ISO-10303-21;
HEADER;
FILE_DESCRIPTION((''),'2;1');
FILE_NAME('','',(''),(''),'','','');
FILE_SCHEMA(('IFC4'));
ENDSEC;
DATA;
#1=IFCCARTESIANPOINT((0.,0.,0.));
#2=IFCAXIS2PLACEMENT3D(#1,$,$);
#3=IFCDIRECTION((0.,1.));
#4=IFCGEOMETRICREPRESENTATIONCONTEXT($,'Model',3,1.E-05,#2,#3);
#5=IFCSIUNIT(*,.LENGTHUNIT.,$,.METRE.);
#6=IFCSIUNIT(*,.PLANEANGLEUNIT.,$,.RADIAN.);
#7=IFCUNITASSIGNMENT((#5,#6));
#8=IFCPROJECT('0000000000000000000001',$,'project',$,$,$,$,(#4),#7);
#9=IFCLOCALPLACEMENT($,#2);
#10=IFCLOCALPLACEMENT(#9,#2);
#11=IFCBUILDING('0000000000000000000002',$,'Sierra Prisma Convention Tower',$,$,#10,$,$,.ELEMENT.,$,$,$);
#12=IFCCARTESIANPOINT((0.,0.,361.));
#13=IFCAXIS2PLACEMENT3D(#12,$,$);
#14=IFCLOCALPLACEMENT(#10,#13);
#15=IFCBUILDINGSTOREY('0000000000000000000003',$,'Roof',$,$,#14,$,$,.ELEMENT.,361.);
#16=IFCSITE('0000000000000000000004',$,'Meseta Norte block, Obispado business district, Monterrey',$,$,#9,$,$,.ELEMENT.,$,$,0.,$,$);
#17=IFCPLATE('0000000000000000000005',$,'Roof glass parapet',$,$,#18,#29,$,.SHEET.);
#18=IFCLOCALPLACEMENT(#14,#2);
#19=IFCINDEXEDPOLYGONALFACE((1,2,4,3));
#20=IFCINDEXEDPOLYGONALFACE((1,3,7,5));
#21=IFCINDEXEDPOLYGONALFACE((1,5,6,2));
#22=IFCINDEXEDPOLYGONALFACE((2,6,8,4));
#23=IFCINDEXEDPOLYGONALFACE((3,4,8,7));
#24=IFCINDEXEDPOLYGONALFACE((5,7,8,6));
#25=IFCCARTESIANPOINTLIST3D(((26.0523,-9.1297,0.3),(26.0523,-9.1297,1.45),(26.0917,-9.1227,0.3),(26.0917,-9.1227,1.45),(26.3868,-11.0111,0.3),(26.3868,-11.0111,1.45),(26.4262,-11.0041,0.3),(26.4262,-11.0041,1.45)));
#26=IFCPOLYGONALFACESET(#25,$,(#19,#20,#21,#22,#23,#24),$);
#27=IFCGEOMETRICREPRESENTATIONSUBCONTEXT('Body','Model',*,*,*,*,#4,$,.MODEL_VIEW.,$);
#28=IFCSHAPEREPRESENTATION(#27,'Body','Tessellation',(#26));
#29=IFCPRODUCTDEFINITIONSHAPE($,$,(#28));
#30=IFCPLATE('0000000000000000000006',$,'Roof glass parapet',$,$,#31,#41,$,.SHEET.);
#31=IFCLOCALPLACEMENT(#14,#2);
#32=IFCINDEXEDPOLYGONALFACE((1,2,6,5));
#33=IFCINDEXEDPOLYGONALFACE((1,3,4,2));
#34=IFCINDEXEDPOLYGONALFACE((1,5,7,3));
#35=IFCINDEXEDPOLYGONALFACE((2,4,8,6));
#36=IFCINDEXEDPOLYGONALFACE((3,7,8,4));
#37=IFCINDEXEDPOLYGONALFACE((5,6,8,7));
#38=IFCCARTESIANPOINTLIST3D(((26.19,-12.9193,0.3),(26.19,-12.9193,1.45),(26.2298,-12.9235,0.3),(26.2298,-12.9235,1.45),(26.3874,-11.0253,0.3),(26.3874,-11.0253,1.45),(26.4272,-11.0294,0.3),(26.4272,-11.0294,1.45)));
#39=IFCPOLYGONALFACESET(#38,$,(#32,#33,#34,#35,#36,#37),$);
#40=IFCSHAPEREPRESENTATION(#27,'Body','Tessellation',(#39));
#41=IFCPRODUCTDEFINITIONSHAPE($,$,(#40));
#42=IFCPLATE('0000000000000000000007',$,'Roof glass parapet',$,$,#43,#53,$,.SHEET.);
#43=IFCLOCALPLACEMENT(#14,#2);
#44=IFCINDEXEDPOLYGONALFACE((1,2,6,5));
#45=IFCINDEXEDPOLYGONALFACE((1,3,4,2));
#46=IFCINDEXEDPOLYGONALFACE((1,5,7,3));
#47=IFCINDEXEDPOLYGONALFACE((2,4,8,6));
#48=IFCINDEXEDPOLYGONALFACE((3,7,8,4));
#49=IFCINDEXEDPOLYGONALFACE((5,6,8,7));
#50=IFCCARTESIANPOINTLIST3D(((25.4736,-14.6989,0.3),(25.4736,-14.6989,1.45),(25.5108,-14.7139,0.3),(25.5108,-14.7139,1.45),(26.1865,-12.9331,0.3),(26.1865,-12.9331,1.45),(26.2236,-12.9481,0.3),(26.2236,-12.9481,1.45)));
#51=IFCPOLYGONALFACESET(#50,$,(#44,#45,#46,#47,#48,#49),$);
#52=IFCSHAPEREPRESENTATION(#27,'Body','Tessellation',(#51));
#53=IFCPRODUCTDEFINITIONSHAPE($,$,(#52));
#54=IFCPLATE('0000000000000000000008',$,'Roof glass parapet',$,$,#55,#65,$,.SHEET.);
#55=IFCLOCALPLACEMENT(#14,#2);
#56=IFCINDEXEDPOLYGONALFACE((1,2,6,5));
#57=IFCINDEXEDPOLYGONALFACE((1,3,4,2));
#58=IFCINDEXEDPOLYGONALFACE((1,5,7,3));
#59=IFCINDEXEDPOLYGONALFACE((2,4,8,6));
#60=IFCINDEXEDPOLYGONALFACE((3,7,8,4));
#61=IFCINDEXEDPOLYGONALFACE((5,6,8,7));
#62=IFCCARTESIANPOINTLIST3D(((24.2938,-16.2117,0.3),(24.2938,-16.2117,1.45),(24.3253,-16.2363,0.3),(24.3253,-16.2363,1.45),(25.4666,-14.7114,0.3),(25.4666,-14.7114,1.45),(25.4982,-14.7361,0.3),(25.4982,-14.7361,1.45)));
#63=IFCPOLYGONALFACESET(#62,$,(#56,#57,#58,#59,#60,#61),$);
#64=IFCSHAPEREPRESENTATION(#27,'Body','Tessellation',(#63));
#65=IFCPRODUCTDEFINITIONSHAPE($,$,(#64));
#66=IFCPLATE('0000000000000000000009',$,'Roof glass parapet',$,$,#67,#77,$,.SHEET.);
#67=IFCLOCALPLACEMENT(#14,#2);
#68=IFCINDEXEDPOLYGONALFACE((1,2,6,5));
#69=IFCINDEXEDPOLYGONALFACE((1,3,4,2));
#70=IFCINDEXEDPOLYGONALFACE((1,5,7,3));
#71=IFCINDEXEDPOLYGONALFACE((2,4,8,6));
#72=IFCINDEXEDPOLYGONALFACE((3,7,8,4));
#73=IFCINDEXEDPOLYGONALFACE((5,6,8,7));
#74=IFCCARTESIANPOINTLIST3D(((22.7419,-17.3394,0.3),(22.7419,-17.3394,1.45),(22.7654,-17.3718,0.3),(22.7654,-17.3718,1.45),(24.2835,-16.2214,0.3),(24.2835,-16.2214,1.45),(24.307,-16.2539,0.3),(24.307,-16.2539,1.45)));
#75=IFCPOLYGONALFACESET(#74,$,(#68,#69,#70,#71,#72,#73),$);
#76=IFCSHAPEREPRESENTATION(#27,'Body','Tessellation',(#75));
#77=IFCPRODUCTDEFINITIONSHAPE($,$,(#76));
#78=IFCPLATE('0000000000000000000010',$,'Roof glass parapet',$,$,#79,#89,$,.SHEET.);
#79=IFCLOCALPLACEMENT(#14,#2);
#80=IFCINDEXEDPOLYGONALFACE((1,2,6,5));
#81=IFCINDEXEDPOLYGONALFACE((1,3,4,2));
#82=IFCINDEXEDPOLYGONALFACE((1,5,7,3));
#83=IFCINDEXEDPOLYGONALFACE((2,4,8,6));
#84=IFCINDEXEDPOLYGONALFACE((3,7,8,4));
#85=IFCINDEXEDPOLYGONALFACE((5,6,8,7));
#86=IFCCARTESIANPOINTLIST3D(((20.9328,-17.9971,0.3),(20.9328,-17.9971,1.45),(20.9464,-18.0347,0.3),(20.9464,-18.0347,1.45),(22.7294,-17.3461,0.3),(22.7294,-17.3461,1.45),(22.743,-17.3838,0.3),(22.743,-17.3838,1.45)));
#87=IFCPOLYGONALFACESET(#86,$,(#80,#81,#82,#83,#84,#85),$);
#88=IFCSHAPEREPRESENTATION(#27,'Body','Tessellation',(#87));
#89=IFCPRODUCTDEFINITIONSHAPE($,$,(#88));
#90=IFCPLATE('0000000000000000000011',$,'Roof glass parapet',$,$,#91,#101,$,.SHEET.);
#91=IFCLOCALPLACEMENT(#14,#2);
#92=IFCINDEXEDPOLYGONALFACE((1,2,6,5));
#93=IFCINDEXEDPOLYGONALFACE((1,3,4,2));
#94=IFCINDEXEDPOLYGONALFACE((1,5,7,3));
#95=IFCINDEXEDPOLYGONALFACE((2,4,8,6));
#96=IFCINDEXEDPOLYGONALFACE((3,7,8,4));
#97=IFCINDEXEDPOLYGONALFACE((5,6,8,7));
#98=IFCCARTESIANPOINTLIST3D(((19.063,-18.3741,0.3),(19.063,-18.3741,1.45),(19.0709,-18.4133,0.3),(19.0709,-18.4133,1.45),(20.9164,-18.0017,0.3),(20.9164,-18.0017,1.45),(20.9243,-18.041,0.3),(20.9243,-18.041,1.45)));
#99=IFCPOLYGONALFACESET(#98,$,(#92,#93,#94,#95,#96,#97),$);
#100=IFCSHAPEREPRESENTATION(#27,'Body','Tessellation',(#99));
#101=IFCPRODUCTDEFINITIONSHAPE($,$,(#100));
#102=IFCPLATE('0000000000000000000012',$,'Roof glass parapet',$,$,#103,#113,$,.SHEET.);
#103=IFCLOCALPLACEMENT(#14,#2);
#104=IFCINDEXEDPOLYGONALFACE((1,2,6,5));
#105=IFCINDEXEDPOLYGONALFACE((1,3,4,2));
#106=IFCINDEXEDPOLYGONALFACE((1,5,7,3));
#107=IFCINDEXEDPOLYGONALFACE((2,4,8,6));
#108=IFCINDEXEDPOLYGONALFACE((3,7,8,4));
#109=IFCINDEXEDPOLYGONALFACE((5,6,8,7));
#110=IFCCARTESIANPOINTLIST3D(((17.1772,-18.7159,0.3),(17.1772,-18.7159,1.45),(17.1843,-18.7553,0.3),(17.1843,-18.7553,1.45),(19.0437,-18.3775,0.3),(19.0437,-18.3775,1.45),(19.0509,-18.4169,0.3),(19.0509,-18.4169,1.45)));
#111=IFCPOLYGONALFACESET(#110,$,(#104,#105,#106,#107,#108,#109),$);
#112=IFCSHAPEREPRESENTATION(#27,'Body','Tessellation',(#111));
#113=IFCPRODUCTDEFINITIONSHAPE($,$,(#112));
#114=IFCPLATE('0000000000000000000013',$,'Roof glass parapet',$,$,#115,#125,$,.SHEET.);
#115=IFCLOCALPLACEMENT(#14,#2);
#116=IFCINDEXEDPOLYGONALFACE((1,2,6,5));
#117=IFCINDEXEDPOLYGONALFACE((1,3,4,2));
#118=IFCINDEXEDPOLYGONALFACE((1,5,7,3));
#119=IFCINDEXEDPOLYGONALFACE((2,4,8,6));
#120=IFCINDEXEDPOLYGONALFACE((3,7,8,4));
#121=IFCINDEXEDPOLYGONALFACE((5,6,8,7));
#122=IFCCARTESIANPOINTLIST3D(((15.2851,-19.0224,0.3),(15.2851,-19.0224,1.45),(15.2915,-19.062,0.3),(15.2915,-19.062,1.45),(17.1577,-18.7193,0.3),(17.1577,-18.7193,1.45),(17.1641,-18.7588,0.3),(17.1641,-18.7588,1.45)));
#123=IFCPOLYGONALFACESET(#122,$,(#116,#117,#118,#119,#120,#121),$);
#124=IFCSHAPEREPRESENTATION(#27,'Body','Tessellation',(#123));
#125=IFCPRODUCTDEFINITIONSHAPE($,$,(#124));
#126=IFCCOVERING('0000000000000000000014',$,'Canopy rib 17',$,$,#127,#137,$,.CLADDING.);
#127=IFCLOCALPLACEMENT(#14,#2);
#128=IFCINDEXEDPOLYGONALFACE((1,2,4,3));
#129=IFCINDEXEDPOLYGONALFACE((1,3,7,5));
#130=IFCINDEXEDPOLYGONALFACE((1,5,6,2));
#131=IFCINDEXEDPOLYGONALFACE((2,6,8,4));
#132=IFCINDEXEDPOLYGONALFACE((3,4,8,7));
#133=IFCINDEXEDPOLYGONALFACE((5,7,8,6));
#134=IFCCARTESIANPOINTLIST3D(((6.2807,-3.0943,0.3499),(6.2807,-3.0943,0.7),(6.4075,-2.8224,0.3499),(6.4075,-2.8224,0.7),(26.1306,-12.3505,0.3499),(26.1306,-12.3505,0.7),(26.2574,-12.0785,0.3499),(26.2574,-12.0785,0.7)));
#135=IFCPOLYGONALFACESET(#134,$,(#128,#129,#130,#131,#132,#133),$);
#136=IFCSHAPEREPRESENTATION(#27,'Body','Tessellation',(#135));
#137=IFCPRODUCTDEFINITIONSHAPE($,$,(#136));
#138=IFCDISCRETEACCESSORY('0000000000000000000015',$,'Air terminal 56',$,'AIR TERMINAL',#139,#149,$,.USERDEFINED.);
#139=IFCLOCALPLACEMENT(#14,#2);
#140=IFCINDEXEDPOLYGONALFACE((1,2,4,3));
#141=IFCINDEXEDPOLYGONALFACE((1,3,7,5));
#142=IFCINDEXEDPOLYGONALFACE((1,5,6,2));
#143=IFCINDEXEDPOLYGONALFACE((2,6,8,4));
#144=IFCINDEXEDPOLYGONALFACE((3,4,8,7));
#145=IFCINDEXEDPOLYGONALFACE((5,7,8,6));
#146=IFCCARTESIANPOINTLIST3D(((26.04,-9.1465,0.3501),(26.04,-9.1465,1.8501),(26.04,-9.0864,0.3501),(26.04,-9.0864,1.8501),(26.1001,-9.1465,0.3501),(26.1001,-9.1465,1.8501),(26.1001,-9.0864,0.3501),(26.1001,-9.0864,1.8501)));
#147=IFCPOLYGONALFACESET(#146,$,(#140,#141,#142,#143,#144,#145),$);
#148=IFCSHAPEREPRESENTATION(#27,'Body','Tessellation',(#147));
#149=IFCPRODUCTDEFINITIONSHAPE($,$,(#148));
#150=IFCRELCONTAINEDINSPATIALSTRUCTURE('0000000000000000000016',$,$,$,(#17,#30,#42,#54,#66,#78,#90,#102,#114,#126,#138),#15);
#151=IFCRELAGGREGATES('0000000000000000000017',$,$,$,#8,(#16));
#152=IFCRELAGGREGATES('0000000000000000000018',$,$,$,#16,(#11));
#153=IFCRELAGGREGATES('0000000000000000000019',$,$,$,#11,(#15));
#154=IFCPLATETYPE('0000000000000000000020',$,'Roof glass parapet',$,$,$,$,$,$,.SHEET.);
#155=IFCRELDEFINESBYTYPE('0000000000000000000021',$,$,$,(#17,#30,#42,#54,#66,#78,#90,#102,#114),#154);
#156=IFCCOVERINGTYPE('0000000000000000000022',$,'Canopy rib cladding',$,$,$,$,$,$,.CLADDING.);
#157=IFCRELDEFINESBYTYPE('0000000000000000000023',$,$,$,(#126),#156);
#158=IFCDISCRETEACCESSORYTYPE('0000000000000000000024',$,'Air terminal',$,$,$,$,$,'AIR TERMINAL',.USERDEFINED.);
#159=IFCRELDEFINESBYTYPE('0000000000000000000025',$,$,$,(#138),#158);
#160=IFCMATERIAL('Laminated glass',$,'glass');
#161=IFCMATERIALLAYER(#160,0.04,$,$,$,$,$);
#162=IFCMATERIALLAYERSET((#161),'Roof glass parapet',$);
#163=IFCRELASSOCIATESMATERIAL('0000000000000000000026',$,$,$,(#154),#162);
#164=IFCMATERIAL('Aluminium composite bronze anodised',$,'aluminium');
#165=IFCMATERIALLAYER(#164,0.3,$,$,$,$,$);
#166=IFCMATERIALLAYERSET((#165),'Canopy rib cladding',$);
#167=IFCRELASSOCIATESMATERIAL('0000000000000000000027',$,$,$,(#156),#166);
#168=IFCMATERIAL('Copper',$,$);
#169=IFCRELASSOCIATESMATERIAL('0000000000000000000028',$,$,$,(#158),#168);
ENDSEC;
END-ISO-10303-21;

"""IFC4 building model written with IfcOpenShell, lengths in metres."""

from ifc_helpers import new_model, si_unit, direction, frame, origin, origin_2d, place, context, subcontext, project, spatial, rectangle, extrude, material, layer, layer_set, type_object, element, save


model = new_model("IFC4")

# Units and contexts
model_context = context("Model", 3, precision=1e-05, world=origin(), true_north=direction((0.0, 1.0)))
body_context = subcontext(model_context, "Body", "Model", "MODEL_VIEW")
ifc_project = project(units=[si_unit("LENGTHUNIT", "METRE"), si_unit("PLANEANGLEUNIT", "RADIAN")], contexts=[model_context])

# Site, building, storey
site_placement = place(None, origin())
site = spatial("IfcSite", under=ifc_project, at=site_placement, Name="Meseta Norte block, Obispado business district, Monterrey", CompositionType="ELEMENT", RefElevation=0.0)
building_placement = place(site_placement, origin())
building = spatial("IfcBuilding", under=site, at=building_placement, Name="Sierra Prisma Convention Tower", CompositionType="ELEMENT")
storey_placement = place(building_placement, frame((0.0, 0.0, 361.0)))
storey = spatial("IfcBuildingStorey", under=building, at=storey_placement, Name="Roof", CompositionType="ELEMENT", Elevation=361.0)

# Plates
ifc_material_1 = material(Name="Laminated glass", Category="glass")
ifc_layer_1 = layer(ifc_material_1, 0.04)
ifc_layer_set_1 = layer_set([ifc_layer_1], Name="Roof glass parapet")
plate_type = type_object("IfcPlateType", Name="Roof glass parapet", PredefinedType="SHEET", material=ifc_layer_set_1)
plate_1_placement = place(storey_placement, frame((26.2393, -10.0669, 0.3), z_axis=(0.0, 0.0, 1.0), x_axis=(0.175081, -0.984554, 0.0)))
element("IfcPlate", 1, at=plate_1_placement, inside=storey, type_object=plate_type, Name="Roof glass parapet", PredefinedType="SHEET", context=body_context, shape_type="SweptSolid", body=[
    extrude(rectangle(XDim=1.9109, YDim=0.04, at=origin_2d()), origin(), (0.0, 0.0, 1.0), 1.1499),
])
for number, where, z_axis, x_axis, name in (
    (2, (26.3086, -11.9744, 0.3), (0.0, 0.0, 1.0), (-0.103661, -0.994613, 0.0), "Roof glass parapet"),
    (3, (25.8486, -13.8235, 0.3), (0.0, 0.0, 1.0), (-0.374336, -0.927293, 0.0), "Roof glass parapet"),
    (4, (24.896, -15.4739, 0.3), (0.0, 0.0, 1.0), (-0.615891, -0.787831, 0.0), "Roof glass parapet"),
    (5, (23.5244, -16.7966, 0.3), (0.0, 0.0, 1.0), (-0.80953, -0.587079, 0.0), "Roof glass parapet"),
):
    element("IfcPlate", number, at=place(storey_placement, frame(where, z_axis=z_axis, x_axis=x_axis)), inside=storey, type_object=plate_type, Name=name, PredefinedType="SHEET", context=body_context, shape_type="SweptSolid", body=[
        extrude(rectangle(XDim=1.9043, YDim=0.04, at=origin_2d()), origin(), (0.0, 0.0, 1.0), 1.1499),
    ])
plate_2_placement = place(storey_placement, frame((21.8379, -17.6904, 0.3), z_axis=(0.0, 0.0, 1.0), x_axis=(-0.940189, -0.340652, 0.0)))
element("IfcPlate", 6, at=plate_2_placement, inside=storey, type_object=plate_type, Name="Roof glass parapet", PredefinedType="SHEET", context=body_context, shape_type="SweptSolid", body=[
    extrude(rectangle(XDim=1.9109, YDim=0.04, at=origin_2d()), origin(), (0.0, 0.0, 1.0), 1.1499),
])
plate_3_placement = place(storey_placement, frame((19.9937, -18.2075, 0.3), z_axis=(0.0, 0.0, 1.0), x_axis=(-0.980412, -0.196956, 0.0)))
element("IfcPlate", 7, at=plate_3_placement, inside=storey, type_object=plate_type, Name="Roof glass parapet", PredefinedType="SHEET", context=body_context, shape_type="SweptSolid", body=[
    extrude(rectangle(XDim=1.8904, YDim=0.04, at=origin_2d()), origin(), (0.0, 0.0, 1.0), 1.1499),
])
for number, where, z_axis, x_axis, name in (
    (8, (18.114, -18.5664, 0.3), (0.0, 0.0, 1.0), (-0.983956, -0.178411, 0.0), "Roof glass parapet"),
    (9, (16.2246, -18.8906, 0.3), (0.0, 0.0, 1.0), (-0.987149, -0.159802, 0.0), "Roof glass parapet"),
):
    element("IfcPlate", number, at=place(storey_placement, frame(where, z_axis=z_axis, x_axis=x_axis)), inside=storey, type_object=plate_type, Name=name, PredefinedType="SHEET", context=body_context, shape_type="SweptSolid", body=[
        extrude(rectangle(XDim=1.897, YDim=0.04, at=origin_2d()), origin(), (0.0, 0.0, 1.0), 1.1499),
    ])

# Covering
ifc_material_2 = material(Name="Aluminium composite bronze anodised", Category="aluminium")
ifc_layer_2 = layer(ifc_material_2, 0.3)
ifc_layer_set_2 = layer_set([ifc_layer_2], Name="Canopy rib cladding")
covering_type = type_object("IfcCoveringType", Name="Canopy rib cladding", PredefinedType="CLADDING", material=ifc_layer_set_2)
covering_placement = place(storey_placement, frame((16.269, -7.5864, 0.3499), z_axis=(0.0, 0.0, 1.0), x_axis=(0.906308, -0.422618, 0.0)))
element("IfcCovering", 10, at=covering_placement, inside=storey, type_object=covering_type, Name="Canopy rib 17", PredefinedType="CLADDING", context=body_context, shape_type="SweptSolid", body=[
    extrude(rectangle(XDim=21.9019, YDim=0.3, at=origin_2d()), origin(), (0.0, 0.0, 1.0), 0.3501),
])

# Discrete accessory
ifc_material_3 = material(Name="Copper")
discrete_accessory_type = type_object("IfcDiscreteAccessoryType", Name="Air terminal", ElementType="AIR TERMINAL", PredefinedType="USERDEFINED", material=ifc_material_3)
discrete_accessory_placement = place(storey_placement, frame((26.0701, -9.1165, 0.3501), z_axis=(0.0, 0.0, 1.0), x_axis=(1.0, 0.0, 0.0)))
element("IfcDiscreteAccessory", 11, at=discrete_accessory_placement, inside=storey, type_object=discrete_accessory_type, Name="Air terminal 56", ObjectType="AIR TERMINAL", PredefinedType="USERDEFINED", context=body_context, shape_type="SweptSolid", body=[
    extrude(rectangle(XDim=0.0601, YDim=0.0601, at=origin_2d()), origin(), (0.0, 0.0, 1.0), 1.5),
])

save(model, "model.ifc")
